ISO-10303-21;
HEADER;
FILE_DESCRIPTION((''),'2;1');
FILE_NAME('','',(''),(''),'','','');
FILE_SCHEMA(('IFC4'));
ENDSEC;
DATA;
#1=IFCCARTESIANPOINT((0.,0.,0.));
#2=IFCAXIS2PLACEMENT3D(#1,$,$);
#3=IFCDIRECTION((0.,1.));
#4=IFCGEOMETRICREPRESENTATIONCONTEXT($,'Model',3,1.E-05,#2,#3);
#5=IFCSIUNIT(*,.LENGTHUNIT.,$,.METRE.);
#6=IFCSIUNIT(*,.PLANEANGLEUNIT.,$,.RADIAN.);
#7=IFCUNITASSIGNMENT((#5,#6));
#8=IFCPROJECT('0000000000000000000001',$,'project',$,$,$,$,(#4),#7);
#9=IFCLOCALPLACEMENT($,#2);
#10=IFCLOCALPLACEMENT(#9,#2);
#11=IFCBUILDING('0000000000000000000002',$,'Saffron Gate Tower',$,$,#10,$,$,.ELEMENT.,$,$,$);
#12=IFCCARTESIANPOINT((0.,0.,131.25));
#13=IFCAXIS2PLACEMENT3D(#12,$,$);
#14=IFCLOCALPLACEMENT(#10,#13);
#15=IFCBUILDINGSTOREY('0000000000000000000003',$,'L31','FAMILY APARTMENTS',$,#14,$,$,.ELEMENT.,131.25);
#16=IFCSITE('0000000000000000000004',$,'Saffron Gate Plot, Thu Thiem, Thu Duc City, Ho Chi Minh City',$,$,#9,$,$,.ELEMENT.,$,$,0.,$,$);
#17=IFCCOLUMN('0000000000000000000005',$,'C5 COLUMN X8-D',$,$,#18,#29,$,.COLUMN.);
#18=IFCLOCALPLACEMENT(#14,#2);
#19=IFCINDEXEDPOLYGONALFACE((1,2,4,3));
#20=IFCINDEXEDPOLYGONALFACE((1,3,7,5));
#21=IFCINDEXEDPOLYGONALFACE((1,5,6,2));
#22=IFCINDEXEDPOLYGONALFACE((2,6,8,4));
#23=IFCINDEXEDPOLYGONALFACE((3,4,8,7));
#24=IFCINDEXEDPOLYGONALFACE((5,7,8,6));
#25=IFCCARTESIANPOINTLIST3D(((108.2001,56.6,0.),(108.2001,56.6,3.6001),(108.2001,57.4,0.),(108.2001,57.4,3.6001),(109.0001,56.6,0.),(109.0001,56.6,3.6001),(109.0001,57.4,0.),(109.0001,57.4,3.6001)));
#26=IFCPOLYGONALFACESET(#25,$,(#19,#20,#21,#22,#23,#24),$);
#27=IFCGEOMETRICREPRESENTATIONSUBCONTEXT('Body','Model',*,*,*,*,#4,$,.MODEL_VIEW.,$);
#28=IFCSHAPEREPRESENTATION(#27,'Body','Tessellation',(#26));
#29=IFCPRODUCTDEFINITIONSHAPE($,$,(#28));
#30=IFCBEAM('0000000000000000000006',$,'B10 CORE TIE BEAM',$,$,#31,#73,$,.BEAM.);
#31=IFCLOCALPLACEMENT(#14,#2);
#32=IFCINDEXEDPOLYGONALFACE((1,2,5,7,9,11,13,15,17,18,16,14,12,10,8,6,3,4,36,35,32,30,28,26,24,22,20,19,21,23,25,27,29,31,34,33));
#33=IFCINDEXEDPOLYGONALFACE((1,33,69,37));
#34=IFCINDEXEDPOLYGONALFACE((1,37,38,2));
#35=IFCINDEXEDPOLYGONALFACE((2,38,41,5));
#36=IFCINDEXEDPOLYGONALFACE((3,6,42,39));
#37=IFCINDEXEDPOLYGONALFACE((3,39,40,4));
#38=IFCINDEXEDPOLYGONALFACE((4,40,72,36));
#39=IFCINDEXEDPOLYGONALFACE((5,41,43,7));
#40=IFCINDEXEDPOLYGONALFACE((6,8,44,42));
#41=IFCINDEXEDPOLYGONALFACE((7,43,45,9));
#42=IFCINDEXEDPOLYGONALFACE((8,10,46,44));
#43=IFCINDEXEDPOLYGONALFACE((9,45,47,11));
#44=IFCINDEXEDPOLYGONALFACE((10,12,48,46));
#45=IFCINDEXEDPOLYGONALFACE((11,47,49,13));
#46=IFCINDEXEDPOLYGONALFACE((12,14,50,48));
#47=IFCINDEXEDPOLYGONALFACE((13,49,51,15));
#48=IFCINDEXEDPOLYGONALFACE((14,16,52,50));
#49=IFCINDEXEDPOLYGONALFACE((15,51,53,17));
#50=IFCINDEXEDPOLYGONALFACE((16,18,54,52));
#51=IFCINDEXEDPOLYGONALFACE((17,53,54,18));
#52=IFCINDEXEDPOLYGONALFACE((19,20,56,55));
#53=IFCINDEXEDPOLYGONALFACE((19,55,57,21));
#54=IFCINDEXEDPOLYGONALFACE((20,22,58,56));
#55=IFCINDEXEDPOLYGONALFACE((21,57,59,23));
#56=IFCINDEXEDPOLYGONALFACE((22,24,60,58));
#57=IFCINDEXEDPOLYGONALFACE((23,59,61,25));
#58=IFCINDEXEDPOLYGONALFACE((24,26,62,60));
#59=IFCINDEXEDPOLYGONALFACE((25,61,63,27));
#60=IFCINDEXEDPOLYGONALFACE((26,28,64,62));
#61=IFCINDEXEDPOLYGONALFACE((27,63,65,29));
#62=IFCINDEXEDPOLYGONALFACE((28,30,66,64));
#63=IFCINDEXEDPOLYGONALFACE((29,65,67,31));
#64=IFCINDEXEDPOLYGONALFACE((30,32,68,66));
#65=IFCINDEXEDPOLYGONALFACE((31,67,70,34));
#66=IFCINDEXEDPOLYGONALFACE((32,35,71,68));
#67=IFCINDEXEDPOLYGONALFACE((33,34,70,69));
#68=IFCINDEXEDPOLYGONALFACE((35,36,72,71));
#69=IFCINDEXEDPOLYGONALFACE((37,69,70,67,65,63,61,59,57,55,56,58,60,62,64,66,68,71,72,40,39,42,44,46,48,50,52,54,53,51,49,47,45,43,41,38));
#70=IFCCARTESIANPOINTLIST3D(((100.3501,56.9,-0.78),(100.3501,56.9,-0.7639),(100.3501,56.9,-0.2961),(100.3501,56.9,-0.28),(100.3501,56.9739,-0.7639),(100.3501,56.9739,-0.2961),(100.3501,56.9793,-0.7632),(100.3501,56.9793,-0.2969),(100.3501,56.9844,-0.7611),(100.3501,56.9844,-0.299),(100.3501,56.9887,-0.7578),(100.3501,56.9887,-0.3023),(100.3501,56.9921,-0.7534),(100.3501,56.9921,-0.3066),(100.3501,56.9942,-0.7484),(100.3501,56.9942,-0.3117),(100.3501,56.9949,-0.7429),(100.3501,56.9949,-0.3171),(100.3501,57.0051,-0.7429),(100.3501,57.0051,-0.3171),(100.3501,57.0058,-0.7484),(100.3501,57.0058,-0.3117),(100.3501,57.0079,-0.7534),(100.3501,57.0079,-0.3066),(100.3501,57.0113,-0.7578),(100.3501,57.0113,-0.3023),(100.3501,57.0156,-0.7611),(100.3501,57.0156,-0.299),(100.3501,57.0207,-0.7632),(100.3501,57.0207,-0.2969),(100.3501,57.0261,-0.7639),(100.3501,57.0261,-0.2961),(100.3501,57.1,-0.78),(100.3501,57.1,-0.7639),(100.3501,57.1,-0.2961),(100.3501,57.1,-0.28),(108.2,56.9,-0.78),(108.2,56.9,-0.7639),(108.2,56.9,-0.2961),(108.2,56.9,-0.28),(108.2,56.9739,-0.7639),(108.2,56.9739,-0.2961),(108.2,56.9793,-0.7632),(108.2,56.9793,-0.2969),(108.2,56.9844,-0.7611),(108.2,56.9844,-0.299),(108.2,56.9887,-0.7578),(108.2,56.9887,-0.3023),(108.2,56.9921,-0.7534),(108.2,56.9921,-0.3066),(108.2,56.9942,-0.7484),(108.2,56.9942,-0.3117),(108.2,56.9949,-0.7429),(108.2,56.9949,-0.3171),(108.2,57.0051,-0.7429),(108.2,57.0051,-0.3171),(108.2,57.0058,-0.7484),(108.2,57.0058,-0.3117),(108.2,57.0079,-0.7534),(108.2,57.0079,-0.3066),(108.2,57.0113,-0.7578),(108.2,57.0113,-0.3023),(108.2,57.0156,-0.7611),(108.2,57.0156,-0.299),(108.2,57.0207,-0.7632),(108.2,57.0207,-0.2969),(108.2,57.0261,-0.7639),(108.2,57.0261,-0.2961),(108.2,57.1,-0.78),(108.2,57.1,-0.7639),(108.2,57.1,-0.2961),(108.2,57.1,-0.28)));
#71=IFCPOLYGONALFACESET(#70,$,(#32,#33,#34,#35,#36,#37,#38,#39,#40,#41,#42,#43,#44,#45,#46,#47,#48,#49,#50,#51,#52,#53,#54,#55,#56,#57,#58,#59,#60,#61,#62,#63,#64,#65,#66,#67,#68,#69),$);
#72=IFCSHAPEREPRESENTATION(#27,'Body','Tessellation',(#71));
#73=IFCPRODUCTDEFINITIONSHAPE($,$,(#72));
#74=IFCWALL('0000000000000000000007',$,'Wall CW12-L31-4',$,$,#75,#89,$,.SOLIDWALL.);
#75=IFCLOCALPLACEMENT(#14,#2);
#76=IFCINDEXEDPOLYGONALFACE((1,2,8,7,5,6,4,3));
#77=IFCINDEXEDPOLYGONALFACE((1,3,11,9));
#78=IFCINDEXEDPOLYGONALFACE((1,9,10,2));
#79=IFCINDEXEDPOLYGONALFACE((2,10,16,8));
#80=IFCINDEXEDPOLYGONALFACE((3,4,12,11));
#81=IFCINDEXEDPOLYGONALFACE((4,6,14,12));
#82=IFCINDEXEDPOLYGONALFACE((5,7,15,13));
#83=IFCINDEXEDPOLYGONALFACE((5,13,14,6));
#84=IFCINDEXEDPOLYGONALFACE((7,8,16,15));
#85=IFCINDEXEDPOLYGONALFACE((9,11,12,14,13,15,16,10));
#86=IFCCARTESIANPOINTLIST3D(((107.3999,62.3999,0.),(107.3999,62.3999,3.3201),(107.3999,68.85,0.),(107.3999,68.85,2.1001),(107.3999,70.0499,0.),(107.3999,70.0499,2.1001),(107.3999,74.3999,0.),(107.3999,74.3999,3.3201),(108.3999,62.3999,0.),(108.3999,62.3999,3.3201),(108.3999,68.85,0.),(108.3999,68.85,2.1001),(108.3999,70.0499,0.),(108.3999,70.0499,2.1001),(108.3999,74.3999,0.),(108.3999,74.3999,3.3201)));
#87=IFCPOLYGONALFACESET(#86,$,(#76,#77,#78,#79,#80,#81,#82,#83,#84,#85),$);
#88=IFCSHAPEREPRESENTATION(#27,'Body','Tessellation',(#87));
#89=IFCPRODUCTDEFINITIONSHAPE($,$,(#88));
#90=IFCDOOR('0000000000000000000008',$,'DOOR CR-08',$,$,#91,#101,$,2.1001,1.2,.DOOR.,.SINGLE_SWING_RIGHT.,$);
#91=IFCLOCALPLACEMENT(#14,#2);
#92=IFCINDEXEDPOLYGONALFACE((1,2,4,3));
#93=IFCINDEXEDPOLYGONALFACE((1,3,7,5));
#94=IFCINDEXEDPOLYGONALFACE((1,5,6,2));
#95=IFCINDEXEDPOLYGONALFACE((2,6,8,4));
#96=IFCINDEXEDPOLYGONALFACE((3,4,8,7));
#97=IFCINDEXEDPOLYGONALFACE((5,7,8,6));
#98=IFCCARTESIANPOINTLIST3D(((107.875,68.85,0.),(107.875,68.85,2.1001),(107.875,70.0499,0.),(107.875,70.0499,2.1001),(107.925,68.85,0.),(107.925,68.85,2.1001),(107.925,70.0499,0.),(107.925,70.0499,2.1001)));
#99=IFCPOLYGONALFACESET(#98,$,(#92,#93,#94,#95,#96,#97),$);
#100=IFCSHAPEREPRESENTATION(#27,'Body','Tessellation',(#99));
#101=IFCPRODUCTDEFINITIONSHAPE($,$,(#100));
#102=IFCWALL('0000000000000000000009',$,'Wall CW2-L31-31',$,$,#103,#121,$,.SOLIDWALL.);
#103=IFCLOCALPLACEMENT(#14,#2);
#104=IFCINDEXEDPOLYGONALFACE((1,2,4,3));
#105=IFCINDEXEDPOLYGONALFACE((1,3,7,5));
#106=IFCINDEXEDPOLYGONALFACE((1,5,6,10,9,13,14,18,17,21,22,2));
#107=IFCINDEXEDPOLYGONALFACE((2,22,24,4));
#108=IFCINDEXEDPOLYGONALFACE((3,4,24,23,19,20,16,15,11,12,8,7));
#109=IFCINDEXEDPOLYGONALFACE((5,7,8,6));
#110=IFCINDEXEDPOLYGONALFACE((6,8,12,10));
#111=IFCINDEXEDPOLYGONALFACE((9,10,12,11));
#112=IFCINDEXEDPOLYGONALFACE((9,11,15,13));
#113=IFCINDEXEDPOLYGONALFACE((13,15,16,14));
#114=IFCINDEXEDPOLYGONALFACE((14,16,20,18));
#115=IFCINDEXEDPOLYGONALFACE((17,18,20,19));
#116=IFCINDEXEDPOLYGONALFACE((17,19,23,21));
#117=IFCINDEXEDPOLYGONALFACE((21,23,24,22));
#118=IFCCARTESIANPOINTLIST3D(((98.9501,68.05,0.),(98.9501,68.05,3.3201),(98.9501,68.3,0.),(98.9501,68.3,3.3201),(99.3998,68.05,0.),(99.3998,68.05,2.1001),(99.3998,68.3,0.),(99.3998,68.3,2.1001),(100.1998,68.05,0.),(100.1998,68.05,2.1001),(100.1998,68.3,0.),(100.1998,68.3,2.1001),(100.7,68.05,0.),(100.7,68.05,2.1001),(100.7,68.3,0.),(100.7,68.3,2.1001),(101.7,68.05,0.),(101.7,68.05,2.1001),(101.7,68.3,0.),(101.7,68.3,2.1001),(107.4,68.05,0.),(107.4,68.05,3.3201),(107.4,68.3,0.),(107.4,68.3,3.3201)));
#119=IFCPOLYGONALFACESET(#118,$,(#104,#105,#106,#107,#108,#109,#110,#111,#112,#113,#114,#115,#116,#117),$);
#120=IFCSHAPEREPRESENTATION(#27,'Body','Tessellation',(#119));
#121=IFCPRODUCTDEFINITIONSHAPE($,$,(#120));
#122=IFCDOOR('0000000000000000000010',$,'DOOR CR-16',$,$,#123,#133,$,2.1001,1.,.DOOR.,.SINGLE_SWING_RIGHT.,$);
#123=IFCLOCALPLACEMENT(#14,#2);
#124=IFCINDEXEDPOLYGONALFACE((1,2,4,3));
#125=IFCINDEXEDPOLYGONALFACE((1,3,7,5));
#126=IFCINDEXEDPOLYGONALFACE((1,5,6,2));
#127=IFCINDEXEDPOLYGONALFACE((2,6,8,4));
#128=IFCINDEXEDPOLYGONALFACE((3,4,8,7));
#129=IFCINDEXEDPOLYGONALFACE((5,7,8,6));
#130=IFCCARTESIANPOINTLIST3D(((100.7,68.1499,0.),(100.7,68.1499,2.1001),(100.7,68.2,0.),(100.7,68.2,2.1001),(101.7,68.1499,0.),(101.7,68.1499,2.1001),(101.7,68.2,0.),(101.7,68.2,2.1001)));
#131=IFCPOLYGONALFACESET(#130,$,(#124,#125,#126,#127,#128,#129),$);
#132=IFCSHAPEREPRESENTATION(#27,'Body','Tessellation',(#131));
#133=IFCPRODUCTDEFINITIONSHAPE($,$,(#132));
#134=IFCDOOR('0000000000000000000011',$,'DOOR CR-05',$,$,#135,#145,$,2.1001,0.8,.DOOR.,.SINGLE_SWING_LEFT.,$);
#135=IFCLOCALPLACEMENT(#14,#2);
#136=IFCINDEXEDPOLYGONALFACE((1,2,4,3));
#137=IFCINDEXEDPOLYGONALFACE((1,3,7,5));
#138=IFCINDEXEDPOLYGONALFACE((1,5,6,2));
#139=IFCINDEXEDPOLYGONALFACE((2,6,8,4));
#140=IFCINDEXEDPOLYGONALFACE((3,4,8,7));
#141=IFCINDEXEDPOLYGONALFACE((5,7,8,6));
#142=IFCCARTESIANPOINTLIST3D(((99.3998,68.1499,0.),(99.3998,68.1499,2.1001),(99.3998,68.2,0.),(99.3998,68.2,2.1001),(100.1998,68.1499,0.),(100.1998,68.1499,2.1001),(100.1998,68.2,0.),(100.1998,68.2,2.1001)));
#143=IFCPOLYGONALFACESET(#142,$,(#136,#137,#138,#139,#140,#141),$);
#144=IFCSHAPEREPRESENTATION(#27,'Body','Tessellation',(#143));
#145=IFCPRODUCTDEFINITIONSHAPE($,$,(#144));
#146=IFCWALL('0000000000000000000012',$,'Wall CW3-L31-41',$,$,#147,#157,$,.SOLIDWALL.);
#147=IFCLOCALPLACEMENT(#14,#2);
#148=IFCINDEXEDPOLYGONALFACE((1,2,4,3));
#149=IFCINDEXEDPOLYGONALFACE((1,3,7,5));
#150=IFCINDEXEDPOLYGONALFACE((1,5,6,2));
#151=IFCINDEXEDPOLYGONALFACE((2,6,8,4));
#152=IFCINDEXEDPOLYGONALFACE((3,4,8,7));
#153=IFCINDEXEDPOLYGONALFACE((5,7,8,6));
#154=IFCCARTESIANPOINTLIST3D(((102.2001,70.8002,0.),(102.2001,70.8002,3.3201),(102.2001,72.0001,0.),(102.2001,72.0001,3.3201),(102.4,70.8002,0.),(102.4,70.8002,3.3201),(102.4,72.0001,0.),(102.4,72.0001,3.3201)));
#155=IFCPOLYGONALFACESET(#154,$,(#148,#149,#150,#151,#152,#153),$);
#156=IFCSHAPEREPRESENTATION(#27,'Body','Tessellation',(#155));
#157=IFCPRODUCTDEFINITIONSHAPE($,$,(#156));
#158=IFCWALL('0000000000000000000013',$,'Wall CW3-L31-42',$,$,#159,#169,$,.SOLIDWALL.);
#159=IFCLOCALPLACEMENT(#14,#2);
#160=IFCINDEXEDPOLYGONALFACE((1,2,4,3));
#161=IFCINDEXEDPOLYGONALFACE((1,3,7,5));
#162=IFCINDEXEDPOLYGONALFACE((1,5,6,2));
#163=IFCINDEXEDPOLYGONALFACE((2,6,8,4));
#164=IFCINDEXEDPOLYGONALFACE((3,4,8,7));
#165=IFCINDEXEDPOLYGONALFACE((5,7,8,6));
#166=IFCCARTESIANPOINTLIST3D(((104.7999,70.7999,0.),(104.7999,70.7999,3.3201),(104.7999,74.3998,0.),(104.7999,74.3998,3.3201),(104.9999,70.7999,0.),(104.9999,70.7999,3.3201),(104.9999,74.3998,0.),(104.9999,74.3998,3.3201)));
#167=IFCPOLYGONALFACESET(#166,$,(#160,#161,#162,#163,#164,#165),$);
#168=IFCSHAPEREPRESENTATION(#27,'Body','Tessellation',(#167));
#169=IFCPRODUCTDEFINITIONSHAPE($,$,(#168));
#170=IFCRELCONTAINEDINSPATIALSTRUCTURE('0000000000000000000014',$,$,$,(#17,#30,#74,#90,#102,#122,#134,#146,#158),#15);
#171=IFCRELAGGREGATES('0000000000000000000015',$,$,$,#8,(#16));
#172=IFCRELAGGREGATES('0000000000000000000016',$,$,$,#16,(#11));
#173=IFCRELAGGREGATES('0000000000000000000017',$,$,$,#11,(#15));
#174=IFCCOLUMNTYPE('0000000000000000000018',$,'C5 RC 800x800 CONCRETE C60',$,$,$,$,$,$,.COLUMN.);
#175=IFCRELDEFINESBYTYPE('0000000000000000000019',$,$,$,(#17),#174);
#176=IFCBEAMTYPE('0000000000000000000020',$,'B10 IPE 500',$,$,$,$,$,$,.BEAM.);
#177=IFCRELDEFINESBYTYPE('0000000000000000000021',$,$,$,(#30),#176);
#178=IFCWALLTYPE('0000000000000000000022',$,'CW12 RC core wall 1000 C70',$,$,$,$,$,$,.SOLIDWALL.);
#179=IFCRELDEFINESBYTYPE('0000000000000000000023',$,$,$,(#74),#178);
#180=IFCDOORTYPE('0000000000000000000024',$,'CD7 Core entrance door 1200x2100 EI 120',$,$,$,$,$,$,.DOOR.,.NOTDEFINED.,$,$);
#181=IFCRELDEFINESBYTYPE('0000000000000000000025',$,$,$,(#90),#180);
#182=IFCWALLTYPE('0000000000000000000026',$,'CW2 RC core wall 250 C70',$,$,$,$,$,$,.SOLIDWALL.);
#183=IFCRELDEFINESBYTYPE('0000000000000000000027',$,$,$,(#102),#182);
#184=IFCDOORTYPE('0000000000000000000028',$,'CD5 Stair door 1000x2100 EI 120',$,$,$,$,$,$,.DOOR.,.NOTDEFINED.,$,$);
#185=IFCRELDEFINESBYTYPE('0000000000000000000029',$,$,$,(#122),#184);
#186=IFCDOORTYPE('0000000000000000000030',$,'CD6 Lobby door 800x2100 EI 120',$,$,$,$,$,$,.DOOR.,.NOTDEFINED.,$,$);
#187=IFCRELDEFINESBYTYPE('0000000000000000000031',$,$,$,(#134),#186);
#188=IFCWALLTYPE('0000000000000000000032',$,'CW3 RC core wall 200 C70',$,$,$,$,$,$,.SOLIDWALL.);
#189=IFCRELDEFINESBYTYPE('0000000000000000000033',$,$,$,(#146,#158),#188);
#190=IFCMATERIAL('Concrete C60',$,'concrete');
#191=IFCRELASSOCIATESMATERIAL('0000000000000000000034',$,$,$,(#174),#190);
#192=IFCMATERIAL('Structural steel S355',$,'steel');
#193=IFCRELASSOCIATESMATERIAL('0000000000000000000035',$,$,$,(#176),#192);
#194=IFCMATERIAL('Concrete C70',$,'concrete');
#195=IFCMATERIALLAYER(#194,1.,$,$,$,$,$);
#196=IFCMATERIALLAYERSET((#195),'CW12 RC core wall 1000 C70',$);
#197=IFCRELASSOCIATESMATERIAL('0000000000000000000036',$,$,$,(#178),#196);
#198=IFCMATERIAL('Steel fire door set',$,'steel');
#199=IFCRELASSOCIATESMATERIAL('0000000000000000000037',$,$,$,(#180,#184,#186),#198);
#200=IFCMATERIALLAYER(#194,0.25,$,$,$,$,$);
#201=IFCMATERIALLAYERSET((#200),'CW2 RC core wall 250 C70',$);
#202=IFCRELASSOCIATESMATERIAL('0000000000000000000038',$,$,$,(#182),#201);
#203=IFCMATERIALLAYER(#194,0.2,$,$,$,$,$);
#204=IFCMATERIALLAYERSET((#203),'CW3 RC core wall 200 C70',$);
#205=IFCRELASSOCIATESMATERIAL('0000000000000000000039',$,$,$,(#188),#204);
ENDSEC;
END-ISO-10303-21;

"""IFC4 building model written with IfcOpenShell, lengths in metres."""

from ifc_helpers import new_model, si_unit, direction, frame, frame_2d, origin, origin_2d, place, context, subcontext, project, spatial, rectangle, i_section, extrude, material, layer, layer_set, material_profile, profile_set, type_object, element, fill, save


model = new_model("IFC4")

# Units and contexts
model_context = context("Model", 3, precision=1e-05, world=origin(), true_north=direction((0.0, 1.0)))
body_context = subcontext(model_context, "Body", "Model", "MODEL_VIEW")
ifc_project = project(units=[si_unit("LENGTHUNIT", "METRE"), si_unit("PLANEANGLEUNIT", "RADIAN")], contexts=[model_context])

# Site, building, storey
site_placement = place(None, origin())
site = spatial("IfcSite", under=ifc_project, at=site_placement, Name="Saffron Gate Plot, Thu Thiem, Thu Duc City, Ho Chi Minh City", CompositionType="ELEMENT", RefElevation=0.0)
building_placement = place(site_placement, origin())
building = spatial("IfcBuilding", under=site, at=building_placement, Name="Saffron Gate Tower", CompositionType="ELEMENT")
storey_placement = place(building_placement, frame((0.0, 0.0, 131.25)))
storey = spatial("IfcBuildingStorey", under=building, at=storey_placement, Name="L31", Description="FAMILY APARTMENTS", CompositionType="ELEMENT", Elevation=131.25)

# Column
ifc_material_1 = material(Name="Concrete C60", Category="concrete")
ifc_material_profile_1 = material_profile(ifc_material_1, rectangle(XDim=0.8, YDim=0.8, at=origin_2d()))
ifc_profile_set_1 = profile_set([ifc_material_profile_1], Name="Concrete C60")
column_type = type_object("IfcColumnType", Name="C5 RC 800x800 CONCRETE C60", PredefinedType="COLUMN", material=ifc_profile_set_1)
column_placement = place(storey_placement, frame((108.6001, 57.0, 0.0), z_axis=(0.0, 0.0, 1.0), x_axis=(1.0, 0.0, 0.0)))
element("IfcColumn", 1, at=column_placement, inside=storey, type_object=column_type, Name="C5 COLUMN X8-D", PredefinedType="COLUMN", context=body_context, shape_type="SweptSolid", body=[
    extrude(rectangle(XDim=0.8, YDim=0.8, at=origin_2d()), origin(), (0.0, 0.0, 1.0), 3.6001),
])

# Beam
ifc_material_2 = material(Name="Structural steel S355", Category="steel")
ifc_material_profile_2 = material_profile(ifc_material_2, i_section(OverallWidth=0.2, OverallDepth=0.5, WebThickness=0.0103, FlangeThickness=0.0161, FilletRadius=0.021, at=origin_2d()))
ifc_profile_set_2 = profile_set([ifc_material_profile_2], Name="Structural steel S355")
beam_type = type_object("IfcBeamType", Name="B10 IPE 500", PredefinedType="BEAM", material=ifc_profile_set_2)
beam_placement = place(storey_placement, frame((108.2, 57.0, -0.53), z_axis=(-1.0, 0.0, 0.0), x_axis=(0.0, -1.0, 0.0)))
element("IfcBeam", 2, at=beam_placement, inside=storey, type_object=beam_type, Name="B10 CORE TIE BEAM", PredefinedType="BEAM", context=body_context, shape_type="SweptSolid", body=[
    extrude(i_section(OverallWidth=0.2, OverallDepth=0.5, WebThickness=0.0103, FlangeThickness=0.0161, FilletRadius=0.021, at=origin_2d()), origin(), (0.0, 0.0, 1.0), 7.8499),
])

# Wall, opening, door
ifc_material_3 = material(Name="Concrete C70", Category="concrete")
ifc_layer_1 = layer(ifc_material_3, 1.0)
ifc_layer_set_1 = layer_set([ifc_layer_1], Name="CW12 RC core wall 1000 C70")
wall_type_1 = type_object("IfcWallType", Name="CW12 RC core wall 1000 C70", PredefinedType="SOLIDWALL", material=ifc_layer_set_1)
wall_1_placement = place(storey_placement, frame((107.8999, 62.3999, 0.0), z_axis=(0.0, 0.0, 1.0), x_axis=(0.0, 1.0, 0.0)))
wall_1 = element("IfcWall", 3, at=wall_1_placement, inside=storey, type_object=wall_type_1, Name="Wall CW12-L31-4", PredefinedType="SOLIDWALL", context=body_context, shape_type="SweptSolid", body=[
    extrude(rectangle(XDim=12.0, YDim=1.0, at=frame_2d((6.0, 0.0))), origin(), (0.0, 0.0, 1.0), 3.3201),
])
opening_1_placement = place(wall_1_placement, frame((6.45, 0.0, 0.0)))
opening_1 = element("IfcOpeningElement", 4, at=opening_1_placement, cuts=wall_1, PredefinedType="OPENING", context=body_context, shape_type="SweptSolid", body=[
    extrude(rectangle(XDim=1.2, YDim=2.1001, at=frame_2d((0.6001, 1.05))), frame((0.0, 0.51, 0.0), z_axis=(0.0, -1.0, 0.0), x_axis=(1.0, 0.0, 0.0)), (0.0, 0.0, 1.0), 1.02),
])
ifc_material_4 = material(Name="Steel fire door set", Category="steel")
door_type_1 = type_object("IfcDoorType", Name="CD7 Core entrance door 1200x2100 EI 120", OperationType="NOTDEFINED", PredefinedType="DOOR", material=ifc_material_4)
door_1_placement = place(opening_1_placement, origin())
door_1 = element("IfcDoor", 5, at=door_1_placement, inside=storey, type_object=door_type_1, Name="DOOR CR-08", OperationType="SINGLE_SWING_RIGHT", OverallHeight=2.1001, OverallWidth=1.2, PredefinedType="DOOR", context=body_context, shape_type="SweptSolid", body=[
    extrude(rectangle(XDim=1.2, YDim=2.1001, at=frame_2d((0.6001, 1.05))), frame((0.0, 0.0249, 0.0), z_axis=(0.0, -1.0, 0.0), x_axis=(1.0, 0.0, 0.0)), (0.0, 0.0, 1.0), 0.05),
])
fill(opening_1, door_1)

# Wall, openings, doors
ifc_layer_2 = layer(ifc_material_3, 0.25)
ifc_layer_set_2 = layer_set([ifc_layer_2], Name="CW2 RC core wall 250 C70")
wall_type_2 = type_object("IfcWallType", Name="CW2 RC core wall 250 C70", PredefinedType="SOLIDWALL", material=ifc_layer_set_2)
wall_2_placement = place(storey_placement, frame((98.95, 68.175, 0.0), z_axis=(0.0, 0.0, 1.0), x_axis=(1.0, 0.0, 0.0)))
wall_2 = element("IfcWall", 6, at=wall_2_placement, inside=storey, type_object=wall_type_2, Name="Wall CW2-L31-31", PredefinedType="SOLIDWALL", context=body_context, shape_type="SweptSolid", body=[
    extrude(rectangle(XDim=8.45, YDim=0.25, at=frame_2d((4.2251, 0.0))), origin(), (0.0, 0.0, 1.0), 3.3201),
])
opening_2_placement = place(wall_2_placement, frame((0.45, 0.0, 0.0)))
opening_2 = element("IfcOpeningElement", 7, at=opening_2_placement, cuts=wall_2, PredefinedType="OPENING", context=body_context, shape_type="SweptSolid", body=[
    extrude(rectangle(XDim=0.8, YDim=2.1001, at=frame_2d((0.3999, 1.05))), frame((0.0, 0.135, 0.0), z_axis=(0.0, -1.0, 0.0), x_axis=(1.0, 0.0, 0.0)), (0.0, 0.0, 1.0), 0.27),
])
opening_3_placement = place(wall_2_placement, frame((1.75, 0.0, 0.0)))
opening_3 = element("IfcOpeningElement", 8, at=opening_3_placement, cuts=wall_2, PredefinedType="OPENING", context=body_context, shape_type="SweptSolid", body=[
    extrude(rectangle(XDim=1.0, YDim=2.1001, at=frame_2d((0.5, 1.05))), frame((0.0, 0.135, 0.0), z_axis=(0.0, -1.0, 0.0), x_axis=(1.0, 0.0, 0.0)), (0.0, 0.0, 1.0), 0.27),
])
door_type_2 = type_object("IfcDoorType", Name="CD5 Stair door 1000x2100 EI 120", OperationType="NOTDEFINED", PredefinedType="DOOR", material=ifc_material_4)
door_2_placement = place(opening_3_placement, origin())
door_2 = element("IfcDoor", 9, at=door_2_placement, inside=storey, type_object=door_type_2, Name="DOOR CR-16", OperationType="SINGLE_SWING_RIGHT", OverallHeight=2.1001, OverallWidth=1.0, PredefinedType="DOOR", context=body_context, shape_type="SweptSolid", body=[
    extrude(rectangle(XDim=1.0, YDim=2.1001, at=frame_2d((0.5, 1.05))), frame((0.0, 0.0249, 0.0), z_axis=(0.0, -1.0, 0.0), x_axis=(1.0, 0.0, 0.0)), (0.0, 0.0, 1.0), 0.05),
])
fill(opening_3, door_2)
door_type_3 = type_object("IfcDoorType", Name="CD6 Lobby door 800x2100 EI 120", OperationType="NOTDEFINED", PredefinedType="DOOR", material=ifc_material_4)
door_3_placement = place(opening_2_placement, origin())
door_3 = element("IfcDoor", 10, at=door_3_placement, inside=storey, type_object=door_type_3, Name="DOOR CR-05", OperationType="SINGLE_SWING_LEFT", OverallHeight=2.1001, OverallWidth=0.8, PredefinedType="DOOR", context=body_context, shape_type="SweptSolid", body=[
    extrude(rectangle(XDim=0.8, YDim=2.1001, at=frame_2d((0.3999, 1.05))), frame((0.0, 0.0249, 0.0), z_axis=(0.0, -1.0, 0.0), x_axis=(1.0, 0.0, 0.0)), (0.0, 0.0, 1.0), 0.05),
])
fill(opening_2, door_3)

# Walls
ifc_layer_3 = layer(ifc_material_3, 0.2)
ifc_layer_set_3 = layer_set([ifc_layer_3], Name="CW3 RC core wall 200 C70")
wall_type_3 = type_object("IfcWallType", Name="CW3 RC core wall 200 C70", PredefinedType="SOLIDWALL", material=ifc_layer_set_3)
wall_3_placement = place(storey_placement, frame((102.3, 70.8, 0.0), z_axis=(0.0, 0.0, 1.0), x_axis=(0.0, 1.0, 0.0)))
element("IfcWall", 11, at=wall_3_placement, inside=storey, type_object=wall_type_3, Name="Wall CW3-L31-41", PredefinedType="SOLIDWALL", context=body_context, shape_type="SweptSolid", body=[
    extrude(rectangle(XDim=1.2, YDim=0.2, at=frame_2d((0.6001, 0.0))), origin(), (0.0, 0.0, 1.0), 3.3201),
])
wall_4_placement = place(storey_placement, frame((104.8999, 70.8, 0.0), z_axis=(0.0, 0.0, 1.0), x_axis=(0.0, 1.0, 0.0)))
element("IfcWall", 12, at=wall_4_placement, inside=storey, type_object=wall_type_3, Name="Wall CW3-L31-42", PredefinedType="SOLIDWALL", context=body_context, shape_type="SweptSolid", body=[
    extrude(rectangle(XDim=3.5999, YDim=0.2, at=frame_2d((1.7998, 0.0))), origin(), (0.0, 0.0, 1.0), 3.3201),
])

save(model, "model.ifc")
